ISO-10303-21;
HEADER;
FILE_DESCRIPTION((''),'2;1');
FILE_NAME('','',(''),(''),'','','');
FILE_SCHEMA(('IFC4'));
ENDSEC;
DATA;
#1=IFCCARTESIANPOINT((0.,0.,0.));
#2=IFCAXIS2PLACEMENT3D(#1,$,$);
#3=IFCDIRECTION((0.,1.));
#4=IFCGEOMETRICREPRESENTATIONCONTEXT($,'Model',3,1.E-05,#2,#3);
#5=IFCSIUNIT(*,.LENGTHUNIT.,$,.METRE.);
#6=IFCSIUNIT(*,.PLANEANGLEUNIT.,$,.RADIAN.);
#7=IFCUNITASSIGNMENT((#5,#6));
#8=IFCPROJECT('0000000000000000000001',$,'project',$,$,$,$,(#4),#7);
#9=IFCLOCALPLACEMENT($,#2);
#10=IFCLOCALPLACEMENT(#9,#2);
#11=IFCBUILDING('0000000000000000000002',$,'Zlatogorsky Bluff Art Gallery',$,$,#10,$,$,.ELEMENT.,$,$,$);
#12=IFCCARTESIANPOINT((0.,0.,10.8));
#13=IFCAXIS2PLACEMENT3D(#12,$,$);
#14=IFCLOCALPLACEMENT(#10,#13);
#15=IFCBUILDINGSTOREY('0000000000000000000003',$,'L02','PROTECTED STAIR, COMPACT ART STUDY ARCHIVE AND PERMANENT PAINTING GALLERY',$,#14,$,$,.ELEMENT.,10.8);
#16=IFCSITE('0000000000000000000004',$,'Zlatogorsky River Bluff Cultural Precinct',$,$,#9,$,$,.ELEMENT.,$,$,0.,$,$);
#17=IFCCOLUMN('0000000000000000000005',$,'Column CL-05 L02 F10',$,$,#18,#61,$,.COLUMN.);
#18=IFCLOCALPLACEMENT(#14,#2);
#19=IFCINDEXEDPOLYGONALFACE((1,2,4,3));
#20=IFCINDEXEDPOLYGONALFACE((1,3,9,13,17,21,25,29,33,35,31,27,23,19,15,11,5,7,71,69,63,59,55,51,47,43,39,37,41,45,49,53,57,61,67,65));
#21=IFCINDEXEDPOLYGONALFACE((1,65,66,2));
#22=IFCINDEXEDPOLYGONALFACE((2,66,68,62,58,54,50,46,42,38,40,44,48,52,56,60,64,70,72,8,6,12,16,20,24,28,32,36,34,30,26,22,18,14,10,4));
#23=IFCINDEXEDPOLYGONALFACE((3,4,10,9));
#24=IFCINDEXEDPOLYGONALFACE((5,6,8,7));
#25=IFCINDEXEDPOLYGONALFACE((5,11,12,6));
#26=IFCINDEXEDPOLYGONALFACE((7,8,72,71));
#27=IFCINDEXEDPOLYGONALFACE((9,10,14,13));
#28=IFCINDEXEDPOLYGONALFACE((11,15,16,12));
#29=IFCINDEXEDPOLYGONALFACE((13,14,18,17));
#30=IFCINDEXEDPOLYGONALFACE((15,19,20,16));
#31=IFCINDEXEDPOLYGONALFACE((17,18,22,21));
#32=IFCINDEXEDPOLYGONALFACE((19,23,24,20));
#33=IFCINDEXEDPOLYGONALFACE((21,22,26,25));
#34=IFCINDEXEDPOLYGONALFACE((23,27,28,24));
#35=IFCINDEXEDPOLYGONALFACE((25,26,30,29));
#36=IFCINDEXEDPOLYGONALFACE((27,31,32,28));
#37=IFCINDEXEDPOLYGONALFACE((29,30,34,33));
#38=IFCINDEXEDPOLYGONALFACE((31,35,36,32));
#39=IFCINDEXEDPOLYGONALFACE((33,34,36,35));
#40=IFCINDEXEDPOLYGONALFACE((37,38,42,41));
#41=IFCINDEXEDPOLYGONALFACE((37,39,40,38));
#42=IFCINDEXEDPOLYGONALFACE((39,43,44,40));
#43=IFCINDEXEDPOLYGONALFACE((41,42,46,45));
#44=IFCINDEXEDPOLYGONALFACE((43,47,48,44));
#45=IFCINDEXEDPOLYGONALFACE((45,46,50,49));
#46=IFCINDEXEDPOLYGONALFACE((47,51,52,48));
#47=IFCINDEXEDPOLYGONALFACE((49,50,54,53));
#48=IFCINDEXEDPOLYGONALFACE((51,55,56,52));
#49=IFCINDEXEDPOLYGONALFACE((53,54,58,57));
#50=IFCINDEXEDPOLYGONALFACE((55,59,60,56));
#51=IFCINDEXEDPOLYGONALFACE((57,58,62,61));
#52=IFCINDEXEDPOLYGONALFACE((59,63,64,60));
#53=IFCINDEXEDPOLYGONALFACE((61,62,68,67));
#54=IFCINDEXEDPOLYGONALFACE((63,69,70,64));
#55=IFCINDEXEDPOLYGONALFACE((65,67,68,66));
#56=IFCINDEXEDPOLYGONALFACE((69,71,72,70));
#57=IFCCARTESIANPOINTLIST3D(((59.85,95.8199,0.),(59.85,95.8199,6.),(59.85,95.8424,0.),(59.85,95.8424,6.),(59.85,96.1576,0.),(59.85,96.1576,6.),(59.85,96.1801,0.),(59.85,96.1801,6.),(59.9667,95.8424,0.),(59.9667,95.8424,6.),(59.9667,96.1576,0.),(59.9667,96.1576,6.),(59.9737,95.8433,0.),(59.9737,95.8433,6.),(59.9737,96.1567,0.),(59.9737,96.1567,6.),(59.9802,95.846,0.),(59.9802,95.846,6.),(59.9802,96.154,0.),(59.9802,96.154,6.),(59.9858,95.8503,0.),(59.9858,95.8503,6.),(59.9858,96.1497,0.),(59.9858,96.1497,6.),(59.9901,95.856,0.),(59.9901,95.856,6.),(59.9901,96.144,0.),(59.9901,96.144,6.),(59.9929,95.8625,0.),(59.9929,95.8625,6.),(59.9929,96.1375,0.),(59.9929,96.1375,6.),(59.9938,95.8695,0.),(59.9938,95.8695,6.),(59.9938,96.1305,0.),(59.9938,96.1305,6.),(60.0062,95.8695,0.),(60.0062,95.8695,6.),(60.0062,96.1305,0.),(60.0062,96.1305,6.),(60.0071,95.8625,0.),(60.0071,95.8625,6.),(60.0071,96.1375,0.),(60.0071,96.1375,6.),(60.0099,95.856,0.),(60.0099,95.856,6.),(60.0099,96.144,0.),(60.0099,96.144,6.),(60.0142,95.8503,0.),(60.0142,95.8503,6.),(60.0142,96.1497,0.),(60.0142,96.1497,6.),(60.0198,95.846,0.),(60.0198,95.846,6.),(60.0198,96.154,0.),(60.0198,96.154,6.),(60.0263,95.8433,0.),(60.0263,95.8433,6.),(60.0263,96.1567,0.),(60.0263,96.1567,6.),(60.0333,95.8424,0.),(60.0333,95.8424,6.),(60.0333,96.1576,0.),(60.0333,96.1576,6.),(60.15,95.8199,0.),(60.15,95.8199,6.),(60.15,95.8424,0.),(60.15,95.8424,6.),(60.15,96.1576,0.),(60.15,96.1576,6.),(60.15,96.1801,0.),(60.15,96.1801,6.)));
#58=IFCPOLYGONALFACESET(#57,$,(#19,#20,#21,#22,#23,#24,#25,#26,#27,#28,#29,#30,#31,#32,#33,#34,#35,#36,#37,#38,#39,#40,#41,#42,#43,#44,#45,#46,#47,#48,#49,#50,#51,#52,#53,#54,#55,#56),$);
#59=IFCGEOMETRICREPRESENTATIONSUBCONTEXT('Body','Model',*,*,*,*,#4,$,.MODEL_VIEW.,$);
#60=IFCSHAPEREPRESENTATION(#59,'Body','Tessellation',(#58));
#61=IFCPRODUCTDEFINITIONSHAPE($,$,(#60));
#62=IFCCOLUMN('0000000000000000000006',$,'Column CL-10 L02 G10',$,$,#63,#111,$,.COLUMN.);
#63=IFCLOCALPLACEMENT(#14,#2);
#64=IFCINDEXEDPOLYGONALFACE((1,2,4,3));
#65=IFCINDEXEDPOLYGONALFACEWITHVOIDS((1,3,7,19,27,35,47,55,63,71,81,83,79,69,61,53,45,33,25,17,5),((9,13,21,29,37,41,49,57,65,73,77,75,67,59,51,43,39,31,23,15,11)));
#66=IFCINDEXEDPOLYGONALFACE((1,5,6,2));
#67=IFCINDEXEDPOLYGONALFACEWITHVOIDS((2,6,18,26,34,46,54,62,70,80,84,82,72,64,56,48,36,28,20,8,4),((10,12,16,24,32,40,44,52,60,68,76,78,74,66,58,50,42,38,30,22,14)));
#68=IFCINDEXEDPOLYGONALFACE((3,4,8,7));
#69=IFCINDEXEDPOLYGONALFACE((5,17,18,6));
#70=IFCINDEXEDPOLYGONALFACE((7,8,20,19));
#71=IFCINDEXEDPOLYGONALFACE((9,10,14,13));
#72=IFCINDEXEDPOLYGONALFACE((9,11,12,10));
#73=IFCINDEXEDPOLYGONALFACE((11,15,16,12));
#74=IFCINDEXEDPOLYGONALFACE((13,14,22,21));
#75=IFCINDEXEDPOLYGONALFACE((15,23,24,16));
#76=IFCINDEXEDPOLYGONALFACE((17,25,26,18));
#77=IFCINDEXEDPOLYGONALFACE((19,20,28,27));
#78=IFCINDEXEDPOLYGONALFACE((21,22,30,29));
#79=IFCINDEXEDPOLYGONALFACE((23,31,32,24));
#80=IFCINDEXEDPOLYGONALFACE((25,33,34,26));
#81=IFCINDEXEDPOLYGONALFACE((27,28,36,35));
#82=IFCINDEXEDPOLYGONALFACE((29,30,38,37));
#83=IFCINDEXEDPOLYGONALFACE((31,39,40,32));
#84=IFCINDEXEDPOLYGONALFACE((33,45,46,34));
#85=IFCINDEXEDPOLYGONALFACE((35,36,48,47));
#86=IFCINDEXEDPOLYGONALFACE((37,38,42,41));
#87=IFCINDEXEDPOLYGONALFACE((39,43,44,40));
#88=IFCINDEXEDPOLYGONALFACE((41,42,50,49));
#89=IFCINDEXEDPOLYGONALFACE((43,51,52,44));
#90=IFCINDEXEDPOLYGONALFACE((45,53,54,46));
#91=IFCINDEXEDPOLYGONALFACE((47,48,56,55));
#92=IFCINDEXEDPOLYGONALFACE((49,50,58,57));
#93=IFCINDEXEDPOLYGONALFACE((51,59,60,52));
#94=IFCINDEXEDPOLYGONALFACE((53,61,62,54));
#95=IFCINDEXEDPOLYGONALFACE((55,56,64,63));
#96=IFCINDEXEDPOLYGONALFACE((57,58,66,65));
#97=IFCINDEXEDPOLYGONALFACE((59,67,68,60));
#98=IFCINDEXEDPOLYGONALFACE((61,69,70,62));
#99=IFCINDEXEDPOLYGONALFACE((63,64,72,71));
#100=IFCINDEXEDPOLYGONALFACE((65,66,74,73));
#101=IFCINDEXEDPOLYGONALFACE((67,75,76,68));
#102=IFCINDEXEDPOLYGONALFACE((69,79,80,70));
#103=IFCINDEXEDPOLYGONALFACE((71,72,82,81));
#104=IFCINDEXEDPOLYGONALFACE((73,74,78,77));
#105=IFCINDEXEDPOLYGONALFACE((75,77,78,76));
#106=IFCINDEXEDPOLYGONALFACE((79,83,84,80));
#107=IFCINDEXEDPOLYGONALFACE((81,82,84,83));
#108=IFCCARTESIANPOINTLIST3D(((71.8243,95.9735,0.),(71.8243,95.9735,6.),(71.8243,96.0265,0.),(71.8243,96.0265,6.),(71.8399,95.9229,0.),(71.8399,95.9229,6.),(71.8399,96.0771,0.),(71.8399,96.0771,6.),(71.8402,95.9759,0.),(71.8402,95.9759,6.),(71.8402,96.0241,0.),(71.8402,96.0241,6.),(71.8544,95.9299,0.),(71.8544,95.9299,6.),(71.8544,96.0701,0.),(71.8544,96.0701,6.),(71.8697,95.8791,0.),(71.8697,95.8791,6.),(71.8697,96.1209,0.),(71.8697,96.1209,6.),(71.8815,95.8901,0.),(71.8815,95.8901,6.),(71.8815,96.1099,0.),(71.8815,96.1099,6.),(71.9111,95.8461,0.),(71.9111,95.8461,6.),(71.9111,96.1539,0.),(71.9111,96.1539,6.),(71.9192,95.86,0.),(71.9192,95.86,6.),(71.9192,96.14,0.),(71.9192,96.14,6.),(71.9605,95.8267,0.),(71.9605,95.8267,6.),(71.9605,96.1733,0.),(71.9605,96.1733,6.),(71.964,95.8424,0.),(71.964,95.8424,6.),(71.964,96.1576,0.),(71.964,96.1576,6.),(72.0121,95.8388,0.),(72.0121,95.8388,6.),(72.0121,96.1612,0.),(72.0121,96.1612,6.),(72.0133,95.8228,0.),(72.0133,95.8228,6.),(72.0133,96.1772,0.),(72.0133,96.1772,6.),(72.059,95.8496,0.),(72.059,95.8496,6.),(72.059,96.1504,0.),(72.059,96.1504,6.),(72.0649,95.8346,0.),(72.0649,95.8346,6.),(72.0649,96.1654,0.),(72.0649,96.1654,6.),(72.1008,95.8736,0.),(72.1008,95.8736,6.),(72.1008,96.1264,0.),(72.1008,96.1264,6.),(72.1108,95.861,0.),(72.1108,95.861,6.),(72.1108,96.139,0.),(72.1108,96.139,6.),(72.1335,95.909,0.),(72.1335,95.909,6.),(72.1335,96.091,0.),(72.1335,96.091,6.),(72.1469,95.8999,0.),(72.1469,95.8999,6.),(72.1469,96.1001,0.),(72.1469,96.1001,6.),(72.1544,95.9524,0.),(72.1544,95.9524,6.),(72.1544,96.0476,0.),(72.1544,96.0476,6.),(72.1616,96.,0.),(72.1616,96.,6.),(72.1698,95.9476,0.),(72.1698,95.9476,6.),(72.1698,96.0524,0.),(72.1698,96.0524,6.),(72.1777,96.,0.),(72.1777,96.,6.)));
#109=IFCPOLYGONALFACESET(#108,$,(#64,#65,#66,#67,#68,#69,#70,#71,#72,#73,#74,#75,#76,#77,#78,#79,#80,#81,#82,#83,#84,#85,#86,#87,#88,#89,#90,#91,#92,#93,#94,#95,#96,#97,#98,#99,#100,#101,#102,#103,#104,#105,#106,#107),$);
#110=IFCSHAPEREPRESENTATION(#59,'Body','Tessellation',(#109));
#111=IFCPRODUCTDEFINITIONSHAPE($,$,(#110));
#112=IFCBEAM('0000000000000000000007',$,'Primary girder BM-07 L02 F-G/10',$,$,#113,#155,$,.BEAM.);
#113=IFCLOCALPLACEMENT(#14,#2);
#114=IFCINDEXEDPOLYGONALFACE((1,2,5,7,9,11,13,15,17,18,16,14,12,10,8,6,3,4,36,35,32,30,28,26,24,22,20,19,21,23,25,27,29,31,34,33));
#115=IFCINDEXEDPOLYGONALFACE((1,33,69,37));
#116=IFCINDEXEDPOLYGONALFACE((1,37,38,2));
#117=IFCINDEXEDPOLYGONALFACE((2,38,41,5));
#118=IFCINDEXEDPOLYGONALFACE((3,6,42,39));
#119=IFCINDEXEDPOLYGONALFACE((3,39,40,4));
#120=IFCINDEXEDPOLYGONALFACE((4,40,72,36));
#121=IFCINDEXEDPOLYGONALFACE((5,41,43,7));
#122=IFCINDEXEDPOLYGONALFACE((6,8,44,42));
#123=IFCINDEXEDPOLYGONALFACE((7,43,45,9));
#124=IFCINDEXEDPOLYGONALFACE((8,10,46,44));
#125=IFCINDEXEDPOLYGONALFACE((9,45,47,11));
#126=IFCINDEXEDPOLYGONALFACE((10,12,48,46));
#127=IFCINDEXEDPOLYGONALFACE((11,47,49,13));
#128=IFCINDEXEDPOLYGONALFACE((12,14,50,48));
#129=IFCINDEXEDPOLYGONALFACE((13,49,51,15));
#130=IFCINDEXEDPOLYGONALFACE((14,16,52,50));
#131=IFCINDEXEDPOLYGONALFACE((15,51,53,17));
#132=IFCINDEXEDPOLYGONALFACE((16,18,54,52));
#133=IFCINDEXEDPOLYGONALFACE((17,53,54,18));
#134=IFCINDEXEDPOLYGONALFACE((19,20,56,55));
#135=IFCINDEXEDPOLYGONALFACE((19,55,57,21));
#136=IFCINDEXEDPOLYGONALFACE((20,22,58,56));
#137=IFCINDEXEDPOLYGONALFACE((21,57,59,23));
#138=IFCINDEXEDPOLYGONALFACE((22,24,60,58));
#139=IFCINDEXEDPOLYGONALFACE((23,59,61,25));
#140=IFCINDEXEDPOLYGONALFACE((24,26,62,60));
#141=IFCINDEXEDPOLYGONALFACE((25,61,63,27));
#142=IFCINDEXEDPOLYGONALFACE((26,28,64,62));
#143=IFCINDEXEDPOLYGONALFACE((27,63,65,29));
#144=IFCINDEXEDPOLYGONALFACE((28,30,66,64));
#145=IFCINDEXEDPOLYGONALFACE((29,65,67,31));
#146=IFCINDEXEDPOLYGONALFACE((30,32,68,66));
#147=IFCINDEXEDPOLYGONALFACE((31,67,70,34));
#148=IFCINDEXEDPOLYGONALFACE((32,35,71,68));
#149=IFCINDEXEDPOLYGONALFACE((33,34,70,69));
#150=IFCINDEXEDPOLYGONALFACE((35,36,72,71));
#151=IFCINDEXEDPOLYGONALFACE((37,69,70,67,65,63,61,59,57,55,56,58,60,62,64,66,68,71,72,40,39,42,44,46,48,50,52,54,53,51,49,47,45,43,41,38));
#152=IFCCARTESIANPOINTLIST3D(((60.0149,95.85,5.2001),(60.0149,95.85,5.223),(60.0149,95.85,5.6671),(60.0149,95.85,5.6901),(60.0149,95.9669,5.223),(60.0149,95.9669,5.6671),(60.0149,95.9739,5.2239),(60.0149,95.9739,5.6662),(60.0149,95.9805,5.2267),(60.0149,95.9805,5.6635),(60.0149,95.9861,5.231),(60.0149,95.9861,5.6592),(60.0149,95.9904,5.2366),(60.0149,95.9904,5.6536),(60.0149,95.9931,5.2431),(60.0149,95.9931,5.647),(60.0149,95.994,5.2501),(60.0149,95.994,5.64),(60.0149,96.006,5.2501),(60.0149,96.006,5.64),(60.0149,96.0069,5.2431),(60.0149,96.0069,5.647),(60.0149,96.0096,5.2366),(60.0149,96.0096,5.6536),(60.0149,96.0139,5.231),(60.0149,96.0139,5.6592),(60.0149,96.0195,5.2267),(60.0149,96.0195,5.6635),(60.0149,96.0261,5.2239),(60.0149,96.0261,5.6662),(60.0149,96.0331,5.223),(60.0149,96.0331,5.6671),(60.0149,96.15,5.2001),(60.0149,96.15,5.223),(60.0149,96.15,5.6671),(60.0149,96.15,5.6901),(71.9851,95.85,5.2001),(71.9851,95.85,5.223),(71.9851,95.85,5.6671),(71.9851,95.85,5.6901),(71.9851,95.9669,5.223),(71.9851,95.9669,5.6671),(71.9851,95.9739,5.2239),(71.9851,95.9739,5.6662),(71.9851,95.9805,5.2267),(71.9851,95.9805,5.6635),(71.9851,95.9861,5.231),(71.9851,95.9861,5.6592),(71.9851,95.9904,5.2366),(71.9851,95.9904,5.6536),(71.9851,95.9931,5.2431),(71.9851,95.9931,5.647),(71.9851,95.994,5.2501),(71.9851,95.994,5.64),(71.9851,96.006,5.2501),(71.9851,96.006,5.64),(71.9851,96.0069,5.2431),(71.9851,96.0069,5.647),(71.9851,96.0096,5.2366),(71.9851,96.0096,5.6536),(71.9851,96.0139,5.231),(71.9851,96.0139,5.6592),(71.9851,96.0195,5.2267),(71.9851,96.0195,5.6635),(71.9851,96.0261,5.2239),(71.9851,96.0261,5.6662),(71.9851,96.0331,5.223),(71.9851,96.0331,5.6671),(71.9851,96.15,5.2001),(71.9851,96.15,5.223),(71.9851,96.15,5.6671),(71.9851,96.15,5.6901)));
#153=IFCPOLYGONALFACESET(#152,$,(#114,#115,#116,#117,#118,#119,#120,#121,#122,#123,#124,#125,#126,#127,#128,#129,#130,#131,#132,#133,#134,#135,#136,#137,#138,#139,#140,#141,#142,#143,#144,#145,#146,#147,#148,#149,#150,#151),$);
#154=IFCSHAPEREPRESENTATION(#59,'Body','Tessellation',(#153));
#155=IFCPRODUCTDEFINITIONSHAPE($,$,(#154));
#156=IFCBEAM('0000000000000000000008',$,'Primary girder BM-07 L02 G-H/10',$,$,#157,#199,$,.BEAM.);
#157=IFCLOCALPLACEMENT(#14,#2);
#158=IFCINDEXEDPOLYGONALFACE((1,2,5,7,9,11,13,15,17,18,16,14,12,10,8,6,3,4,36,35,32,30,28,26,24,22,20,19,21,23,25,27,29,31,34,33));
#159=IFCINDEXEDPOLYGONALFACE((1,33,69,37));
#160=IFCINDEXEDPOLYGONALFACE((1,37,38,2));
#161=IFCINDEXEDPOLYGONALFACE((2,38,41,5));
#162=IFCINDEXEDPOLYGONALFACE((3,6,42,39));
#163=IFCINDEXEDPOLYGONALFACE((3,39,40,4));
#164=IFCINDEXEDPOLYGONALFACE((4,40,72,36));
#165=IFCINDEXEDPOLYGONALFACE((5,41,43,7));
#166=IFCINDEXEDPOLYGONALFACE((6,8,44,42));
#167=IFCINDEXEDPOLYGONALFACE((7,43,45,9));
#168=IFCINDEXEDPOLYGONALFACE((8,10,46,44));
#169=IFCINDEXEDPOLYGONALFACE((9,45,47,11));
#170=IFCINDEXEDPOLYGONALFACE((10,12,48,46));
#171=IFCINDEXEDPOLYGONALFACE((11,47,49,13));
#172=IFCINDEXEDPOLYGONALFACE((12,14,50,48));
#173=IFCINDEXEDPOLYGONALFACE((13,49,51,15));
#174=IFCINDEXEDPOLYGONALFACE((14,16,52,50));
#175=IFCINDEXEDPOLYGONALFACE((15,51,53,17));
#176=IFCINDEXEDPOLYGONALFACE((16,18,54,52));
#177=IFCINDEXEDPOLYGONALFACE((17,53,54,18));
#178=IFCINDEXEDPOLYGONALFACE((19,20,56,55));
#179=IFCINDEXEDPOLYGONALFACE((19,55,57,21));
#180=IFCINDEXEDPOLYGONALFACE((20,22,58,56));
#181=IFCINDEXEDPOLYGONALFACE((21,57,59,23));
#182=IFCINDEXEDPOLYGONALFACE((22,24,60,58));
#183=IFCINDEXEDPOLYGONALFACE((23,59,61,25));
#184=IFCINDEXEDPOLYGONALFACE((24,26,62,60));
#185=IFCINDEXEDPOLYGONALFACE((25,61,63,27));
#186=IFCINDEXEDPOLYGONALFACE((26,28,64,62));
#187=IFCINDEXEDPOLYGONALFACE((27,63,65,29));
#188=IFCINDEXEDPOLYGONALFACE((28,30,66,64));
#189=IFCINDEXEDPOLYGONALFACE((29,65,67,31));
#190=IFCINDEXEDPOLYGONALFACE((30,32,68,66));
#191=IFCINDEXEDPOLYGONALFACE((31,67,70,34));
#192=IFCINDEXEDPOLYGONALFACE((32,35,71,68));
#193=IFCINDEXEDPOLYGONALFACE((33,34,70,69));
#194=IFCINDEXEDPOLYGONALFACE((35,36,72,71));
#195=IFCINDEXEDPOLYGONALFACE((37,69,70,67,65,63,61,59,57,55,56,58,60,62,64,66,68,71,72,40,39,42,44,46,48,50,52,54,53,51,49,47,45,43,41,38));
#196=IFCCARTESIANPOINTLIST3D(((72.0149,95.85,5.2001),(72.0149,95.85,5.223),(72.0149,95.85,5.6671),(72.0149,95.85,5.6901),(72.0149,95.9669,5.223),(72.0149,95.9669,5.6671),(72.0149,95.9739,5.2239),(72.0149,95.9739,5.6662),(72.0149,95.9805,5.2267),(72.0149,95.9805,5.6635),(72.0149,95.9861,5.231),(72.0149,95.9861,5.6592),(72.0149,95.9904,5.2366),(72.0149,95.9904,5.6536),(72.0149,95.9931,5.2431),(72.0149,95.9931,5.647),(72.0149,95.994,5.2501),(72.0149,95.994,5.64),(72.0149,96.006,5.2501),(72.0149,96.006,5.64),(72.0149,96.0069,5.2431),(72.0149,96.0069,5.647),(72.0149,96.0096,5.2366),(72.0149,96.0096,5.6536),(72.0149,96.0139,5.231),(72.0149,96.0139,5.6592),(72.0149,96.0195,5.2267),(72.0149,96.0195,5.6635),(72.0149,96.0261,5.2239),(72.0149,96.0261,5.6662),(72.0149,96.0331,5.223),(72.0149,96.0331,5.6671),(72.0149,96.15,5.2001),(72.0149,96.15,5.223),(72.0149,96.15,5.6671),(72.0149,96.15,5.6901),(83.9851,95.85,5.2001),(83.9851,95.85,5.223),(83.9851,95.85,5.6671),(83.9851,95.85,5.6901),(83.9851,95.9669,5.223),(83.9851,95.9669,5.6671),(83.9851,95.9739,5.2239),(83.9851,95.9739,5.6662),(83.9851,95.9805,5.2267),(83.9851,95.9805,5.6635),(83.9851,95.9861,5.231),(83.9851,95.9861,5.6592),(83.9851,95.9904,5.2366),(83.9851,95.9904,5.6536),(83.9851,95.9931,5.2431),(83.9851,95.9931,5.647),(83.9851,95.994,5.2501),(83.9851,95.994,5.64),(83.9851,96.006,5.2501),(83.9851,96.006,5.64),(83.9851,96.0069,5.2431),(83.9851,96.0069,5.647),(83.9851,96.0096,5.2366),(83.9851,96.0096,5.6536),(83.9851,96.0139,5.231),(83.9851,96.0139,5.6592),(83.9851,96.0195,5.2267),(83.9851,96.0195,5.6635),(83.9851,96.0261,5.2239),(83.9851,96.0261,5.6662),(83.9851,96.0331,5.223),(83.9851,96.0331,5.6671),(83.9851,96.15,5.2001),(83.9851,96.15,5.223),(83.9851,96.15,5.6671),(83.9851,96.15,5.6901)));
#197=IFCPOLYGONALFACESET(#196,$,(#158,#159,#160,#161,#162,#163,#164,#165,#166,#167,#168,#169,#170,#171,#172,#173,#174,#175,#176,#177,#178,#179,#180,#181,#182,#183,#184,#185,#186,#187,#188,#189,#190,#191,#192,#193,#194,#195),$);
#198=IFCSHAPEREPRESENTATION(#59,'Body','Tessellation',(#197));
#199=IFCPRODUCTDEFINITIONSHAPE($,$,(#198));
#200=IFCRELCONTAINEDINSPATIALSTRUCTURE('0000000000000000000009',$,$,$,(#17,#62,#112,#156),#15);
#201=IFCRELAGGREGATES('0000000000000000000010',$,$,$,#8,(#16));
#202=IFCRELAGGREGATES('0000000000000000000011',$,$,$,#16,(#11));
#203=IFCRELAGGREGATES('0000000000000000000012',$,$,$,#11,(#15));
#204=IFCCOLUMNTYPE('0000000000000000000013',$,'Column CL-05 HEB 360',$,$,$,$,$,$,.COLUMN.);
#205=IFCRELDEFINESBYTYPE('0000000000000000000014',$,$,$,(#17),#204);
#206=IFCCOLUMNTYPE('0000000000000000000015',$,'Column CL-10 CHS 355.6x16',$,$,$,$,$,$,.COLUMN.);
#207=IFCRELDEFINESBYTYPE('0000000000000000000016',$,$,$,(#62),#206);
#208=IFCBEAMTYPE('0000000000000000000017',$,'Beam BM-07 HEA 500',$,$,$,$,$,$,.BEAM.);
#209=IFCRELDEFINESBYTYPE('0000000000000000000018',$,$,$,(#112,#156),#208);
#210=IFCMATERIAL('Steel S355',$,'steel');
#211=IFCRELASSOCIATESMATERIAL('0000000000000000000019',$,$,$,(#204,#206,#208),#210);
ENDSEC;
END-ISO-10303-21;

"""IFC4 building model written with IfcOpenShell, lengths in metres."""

from ifc_helpers import new_model, si_unit, direction, frame, origin, origin_2d, place, context, subcontext, project, spatial, hollow_circle, i_section, extrude, material, material_profile, profile_set, type_object, element, save


model = new_model("IFC4")

# Units and contexts
model_context = context("Model", 3, precision=1e-05, world=origin(), true_north=direction((0.0, 1.0)))
body_context = subcontext(model_context, "Body", "Model", "MODEL_VIEW")
ifc_project = project(units=[si_unit("LENGTHUNIT", "METRE"), si_unit("PLANEANGLEUNIT", "RADIAN")], contexts=[model_context])

# Site, building, storey
site_placement = place(None, origin())
site = spatial("IfcSite", under=ifc_project, at=site_placement, Name="Zlatogorsky River Bluff Cultural Precinct", CompositionType="ELEMENT", RefElevation=0.0)
building_placement = place(site_placement, origin())
building = spatial("IfcBuilding", under=site, at=building_placement, Name="Zlatogorsky Bluff Art Gallery", CompositionType="ELEMENT")
storey_placement = place(building_placement, frame((0.0, 0.0, 10.8)))
storey = spatial("IfcBuildingStorey", under=building, at=storey_placement, Name="L02", Description="PROTECTED STAIR, COMPACT ART STUDY ARCHIVE AND PERMANENT PAINTING GALLERY", CompositionType="ELEMENT", Elevation=10.8)

# Columns
ifc_material_1 = material(Name="Steel S355", Category="steel")
ifc_material_profile_1 = material_profile(ifc_material_1, i_section(OverallWidth=0.3, OverallDepth=0.3601, WebThickness=0.0125, FlangeThickness=0.0225, FilletRadius=0.0271, at=origin_2d()), Name="HEB 360")
ifc_profile_set_1 = profile_set([ifc_material_profile_1], Name="Steel S355")
column_type_1 = type_object("IfcColumnType", Name="Column CL-05 HEB 360", PredefinedType="COLUMN", material=ifc_profile_set_1)
column_1_placement = place(storey_placement, frame((60.0, 96.0, 0.0), z_axis=(0.0, 0.0, 1.0), x_axis=(1.0, 0.0, 0.0)))
element("IfcColumn", 1, at=column_1_placement, inside=storey, type_object=column_type_1, Name="Column CL-05 L02 F10", PredefinedType="COLUMN", context=body_context, shape_type="SweptSolid", body=[
    extrude(i_section(OverallWidth=0.3, OverallDepth=0.3601, WebThickness=0.0125, FlangeThickness=0.0225, FilletRadius=0.0271, at=origin_2d()), origin(), (0.0, 0.0, 1.0), 6.0),
])
ifc_material_profile_2 = material_profile(ifc_material_1, hollow_circle(Radius=0.1777, WallThickness=0.0161, at=origin_2d()), Name="CHS 355.6x16")
ifc_profile_set_2 = profile_set([ifc_material_profile_2], Name="Steel S355")
column_type_2 = type_object("IfcColumnType", Name="Column CL-10 CHS 355.6x16", PredefinedType="COLUMN", material=ifc_profile_set_2)
column_2_placement = place(storey_placement, frame((72.0, 96.0, 0.0), z_axis=(0.0, 0.0, 1.0), x_axis=(1.0, 0.0, 0.0)))
element("IfcColumn", 2, at=column_2_placement, inside=storey, type_object=column_type_2, Name="Column CL-10 L02 G10", PredefinedType="COLUMN", context=body_context, shape_type="SweptSolid", body=[
    extrude(hollow_circle(Radius=0.1777, WallThickness=0.0161, at=origin_2d()), origin(), (0.0, 0.0, 1.0), 6.0),
])

# Beams
ifc_material_profile_3 = material_profile(ifc_material_1, i_section(OverallWidth=0.3, OverallDepth=0.49, WebThickness=0.012, FlangeThickness=0.0229, FilletRadius=0.0271, at=origin_2d()), Name="HEA 500")
ifc_profile_set_3 = profile_set([ifc_material_profile_3], Name="Steel S355")
beam_type_1 = type_object("IfcBeamType", Name="Beam BM-07 HEA 500", PredefinedType="BEAM", material=ifc_profile_set_3)
for number, where, z_axis, x_axis, name in (
    (3, (60.0149, 96.0, 5.4451), (1.0, 0.0, 0.0), (0.0, 1.0, 0.0), "Primary girder BM-07 L02 F-G/10"),
    (4, (72.0149, 96.0, 5.4451), (1.0, 0.0, 0.0), (0.0, 1.0, 0.0), "Primary girder BM-07 L02 G-H/10"),
):
    element("IfcBeam", number, at=place(storey_placement, frame(where, z_axis=z_axis, x_axis=x_axis)), inside=storey, type_object=beam_type_1, Name=name, PredefinedType="BEAM", context=body_context, shape_type="SweptSolid", body=[
        extrude(i_section(OverallWidth=0.3, OverallDepth=0.49, WebThickness=0.012, FlangeThickness=0.0229, FilletRadius=0.0271, at=origin_2d()), origin(), (0.0, 0.0, 1.0), 11.9702),
    ])

save(model, "model.ifc")
